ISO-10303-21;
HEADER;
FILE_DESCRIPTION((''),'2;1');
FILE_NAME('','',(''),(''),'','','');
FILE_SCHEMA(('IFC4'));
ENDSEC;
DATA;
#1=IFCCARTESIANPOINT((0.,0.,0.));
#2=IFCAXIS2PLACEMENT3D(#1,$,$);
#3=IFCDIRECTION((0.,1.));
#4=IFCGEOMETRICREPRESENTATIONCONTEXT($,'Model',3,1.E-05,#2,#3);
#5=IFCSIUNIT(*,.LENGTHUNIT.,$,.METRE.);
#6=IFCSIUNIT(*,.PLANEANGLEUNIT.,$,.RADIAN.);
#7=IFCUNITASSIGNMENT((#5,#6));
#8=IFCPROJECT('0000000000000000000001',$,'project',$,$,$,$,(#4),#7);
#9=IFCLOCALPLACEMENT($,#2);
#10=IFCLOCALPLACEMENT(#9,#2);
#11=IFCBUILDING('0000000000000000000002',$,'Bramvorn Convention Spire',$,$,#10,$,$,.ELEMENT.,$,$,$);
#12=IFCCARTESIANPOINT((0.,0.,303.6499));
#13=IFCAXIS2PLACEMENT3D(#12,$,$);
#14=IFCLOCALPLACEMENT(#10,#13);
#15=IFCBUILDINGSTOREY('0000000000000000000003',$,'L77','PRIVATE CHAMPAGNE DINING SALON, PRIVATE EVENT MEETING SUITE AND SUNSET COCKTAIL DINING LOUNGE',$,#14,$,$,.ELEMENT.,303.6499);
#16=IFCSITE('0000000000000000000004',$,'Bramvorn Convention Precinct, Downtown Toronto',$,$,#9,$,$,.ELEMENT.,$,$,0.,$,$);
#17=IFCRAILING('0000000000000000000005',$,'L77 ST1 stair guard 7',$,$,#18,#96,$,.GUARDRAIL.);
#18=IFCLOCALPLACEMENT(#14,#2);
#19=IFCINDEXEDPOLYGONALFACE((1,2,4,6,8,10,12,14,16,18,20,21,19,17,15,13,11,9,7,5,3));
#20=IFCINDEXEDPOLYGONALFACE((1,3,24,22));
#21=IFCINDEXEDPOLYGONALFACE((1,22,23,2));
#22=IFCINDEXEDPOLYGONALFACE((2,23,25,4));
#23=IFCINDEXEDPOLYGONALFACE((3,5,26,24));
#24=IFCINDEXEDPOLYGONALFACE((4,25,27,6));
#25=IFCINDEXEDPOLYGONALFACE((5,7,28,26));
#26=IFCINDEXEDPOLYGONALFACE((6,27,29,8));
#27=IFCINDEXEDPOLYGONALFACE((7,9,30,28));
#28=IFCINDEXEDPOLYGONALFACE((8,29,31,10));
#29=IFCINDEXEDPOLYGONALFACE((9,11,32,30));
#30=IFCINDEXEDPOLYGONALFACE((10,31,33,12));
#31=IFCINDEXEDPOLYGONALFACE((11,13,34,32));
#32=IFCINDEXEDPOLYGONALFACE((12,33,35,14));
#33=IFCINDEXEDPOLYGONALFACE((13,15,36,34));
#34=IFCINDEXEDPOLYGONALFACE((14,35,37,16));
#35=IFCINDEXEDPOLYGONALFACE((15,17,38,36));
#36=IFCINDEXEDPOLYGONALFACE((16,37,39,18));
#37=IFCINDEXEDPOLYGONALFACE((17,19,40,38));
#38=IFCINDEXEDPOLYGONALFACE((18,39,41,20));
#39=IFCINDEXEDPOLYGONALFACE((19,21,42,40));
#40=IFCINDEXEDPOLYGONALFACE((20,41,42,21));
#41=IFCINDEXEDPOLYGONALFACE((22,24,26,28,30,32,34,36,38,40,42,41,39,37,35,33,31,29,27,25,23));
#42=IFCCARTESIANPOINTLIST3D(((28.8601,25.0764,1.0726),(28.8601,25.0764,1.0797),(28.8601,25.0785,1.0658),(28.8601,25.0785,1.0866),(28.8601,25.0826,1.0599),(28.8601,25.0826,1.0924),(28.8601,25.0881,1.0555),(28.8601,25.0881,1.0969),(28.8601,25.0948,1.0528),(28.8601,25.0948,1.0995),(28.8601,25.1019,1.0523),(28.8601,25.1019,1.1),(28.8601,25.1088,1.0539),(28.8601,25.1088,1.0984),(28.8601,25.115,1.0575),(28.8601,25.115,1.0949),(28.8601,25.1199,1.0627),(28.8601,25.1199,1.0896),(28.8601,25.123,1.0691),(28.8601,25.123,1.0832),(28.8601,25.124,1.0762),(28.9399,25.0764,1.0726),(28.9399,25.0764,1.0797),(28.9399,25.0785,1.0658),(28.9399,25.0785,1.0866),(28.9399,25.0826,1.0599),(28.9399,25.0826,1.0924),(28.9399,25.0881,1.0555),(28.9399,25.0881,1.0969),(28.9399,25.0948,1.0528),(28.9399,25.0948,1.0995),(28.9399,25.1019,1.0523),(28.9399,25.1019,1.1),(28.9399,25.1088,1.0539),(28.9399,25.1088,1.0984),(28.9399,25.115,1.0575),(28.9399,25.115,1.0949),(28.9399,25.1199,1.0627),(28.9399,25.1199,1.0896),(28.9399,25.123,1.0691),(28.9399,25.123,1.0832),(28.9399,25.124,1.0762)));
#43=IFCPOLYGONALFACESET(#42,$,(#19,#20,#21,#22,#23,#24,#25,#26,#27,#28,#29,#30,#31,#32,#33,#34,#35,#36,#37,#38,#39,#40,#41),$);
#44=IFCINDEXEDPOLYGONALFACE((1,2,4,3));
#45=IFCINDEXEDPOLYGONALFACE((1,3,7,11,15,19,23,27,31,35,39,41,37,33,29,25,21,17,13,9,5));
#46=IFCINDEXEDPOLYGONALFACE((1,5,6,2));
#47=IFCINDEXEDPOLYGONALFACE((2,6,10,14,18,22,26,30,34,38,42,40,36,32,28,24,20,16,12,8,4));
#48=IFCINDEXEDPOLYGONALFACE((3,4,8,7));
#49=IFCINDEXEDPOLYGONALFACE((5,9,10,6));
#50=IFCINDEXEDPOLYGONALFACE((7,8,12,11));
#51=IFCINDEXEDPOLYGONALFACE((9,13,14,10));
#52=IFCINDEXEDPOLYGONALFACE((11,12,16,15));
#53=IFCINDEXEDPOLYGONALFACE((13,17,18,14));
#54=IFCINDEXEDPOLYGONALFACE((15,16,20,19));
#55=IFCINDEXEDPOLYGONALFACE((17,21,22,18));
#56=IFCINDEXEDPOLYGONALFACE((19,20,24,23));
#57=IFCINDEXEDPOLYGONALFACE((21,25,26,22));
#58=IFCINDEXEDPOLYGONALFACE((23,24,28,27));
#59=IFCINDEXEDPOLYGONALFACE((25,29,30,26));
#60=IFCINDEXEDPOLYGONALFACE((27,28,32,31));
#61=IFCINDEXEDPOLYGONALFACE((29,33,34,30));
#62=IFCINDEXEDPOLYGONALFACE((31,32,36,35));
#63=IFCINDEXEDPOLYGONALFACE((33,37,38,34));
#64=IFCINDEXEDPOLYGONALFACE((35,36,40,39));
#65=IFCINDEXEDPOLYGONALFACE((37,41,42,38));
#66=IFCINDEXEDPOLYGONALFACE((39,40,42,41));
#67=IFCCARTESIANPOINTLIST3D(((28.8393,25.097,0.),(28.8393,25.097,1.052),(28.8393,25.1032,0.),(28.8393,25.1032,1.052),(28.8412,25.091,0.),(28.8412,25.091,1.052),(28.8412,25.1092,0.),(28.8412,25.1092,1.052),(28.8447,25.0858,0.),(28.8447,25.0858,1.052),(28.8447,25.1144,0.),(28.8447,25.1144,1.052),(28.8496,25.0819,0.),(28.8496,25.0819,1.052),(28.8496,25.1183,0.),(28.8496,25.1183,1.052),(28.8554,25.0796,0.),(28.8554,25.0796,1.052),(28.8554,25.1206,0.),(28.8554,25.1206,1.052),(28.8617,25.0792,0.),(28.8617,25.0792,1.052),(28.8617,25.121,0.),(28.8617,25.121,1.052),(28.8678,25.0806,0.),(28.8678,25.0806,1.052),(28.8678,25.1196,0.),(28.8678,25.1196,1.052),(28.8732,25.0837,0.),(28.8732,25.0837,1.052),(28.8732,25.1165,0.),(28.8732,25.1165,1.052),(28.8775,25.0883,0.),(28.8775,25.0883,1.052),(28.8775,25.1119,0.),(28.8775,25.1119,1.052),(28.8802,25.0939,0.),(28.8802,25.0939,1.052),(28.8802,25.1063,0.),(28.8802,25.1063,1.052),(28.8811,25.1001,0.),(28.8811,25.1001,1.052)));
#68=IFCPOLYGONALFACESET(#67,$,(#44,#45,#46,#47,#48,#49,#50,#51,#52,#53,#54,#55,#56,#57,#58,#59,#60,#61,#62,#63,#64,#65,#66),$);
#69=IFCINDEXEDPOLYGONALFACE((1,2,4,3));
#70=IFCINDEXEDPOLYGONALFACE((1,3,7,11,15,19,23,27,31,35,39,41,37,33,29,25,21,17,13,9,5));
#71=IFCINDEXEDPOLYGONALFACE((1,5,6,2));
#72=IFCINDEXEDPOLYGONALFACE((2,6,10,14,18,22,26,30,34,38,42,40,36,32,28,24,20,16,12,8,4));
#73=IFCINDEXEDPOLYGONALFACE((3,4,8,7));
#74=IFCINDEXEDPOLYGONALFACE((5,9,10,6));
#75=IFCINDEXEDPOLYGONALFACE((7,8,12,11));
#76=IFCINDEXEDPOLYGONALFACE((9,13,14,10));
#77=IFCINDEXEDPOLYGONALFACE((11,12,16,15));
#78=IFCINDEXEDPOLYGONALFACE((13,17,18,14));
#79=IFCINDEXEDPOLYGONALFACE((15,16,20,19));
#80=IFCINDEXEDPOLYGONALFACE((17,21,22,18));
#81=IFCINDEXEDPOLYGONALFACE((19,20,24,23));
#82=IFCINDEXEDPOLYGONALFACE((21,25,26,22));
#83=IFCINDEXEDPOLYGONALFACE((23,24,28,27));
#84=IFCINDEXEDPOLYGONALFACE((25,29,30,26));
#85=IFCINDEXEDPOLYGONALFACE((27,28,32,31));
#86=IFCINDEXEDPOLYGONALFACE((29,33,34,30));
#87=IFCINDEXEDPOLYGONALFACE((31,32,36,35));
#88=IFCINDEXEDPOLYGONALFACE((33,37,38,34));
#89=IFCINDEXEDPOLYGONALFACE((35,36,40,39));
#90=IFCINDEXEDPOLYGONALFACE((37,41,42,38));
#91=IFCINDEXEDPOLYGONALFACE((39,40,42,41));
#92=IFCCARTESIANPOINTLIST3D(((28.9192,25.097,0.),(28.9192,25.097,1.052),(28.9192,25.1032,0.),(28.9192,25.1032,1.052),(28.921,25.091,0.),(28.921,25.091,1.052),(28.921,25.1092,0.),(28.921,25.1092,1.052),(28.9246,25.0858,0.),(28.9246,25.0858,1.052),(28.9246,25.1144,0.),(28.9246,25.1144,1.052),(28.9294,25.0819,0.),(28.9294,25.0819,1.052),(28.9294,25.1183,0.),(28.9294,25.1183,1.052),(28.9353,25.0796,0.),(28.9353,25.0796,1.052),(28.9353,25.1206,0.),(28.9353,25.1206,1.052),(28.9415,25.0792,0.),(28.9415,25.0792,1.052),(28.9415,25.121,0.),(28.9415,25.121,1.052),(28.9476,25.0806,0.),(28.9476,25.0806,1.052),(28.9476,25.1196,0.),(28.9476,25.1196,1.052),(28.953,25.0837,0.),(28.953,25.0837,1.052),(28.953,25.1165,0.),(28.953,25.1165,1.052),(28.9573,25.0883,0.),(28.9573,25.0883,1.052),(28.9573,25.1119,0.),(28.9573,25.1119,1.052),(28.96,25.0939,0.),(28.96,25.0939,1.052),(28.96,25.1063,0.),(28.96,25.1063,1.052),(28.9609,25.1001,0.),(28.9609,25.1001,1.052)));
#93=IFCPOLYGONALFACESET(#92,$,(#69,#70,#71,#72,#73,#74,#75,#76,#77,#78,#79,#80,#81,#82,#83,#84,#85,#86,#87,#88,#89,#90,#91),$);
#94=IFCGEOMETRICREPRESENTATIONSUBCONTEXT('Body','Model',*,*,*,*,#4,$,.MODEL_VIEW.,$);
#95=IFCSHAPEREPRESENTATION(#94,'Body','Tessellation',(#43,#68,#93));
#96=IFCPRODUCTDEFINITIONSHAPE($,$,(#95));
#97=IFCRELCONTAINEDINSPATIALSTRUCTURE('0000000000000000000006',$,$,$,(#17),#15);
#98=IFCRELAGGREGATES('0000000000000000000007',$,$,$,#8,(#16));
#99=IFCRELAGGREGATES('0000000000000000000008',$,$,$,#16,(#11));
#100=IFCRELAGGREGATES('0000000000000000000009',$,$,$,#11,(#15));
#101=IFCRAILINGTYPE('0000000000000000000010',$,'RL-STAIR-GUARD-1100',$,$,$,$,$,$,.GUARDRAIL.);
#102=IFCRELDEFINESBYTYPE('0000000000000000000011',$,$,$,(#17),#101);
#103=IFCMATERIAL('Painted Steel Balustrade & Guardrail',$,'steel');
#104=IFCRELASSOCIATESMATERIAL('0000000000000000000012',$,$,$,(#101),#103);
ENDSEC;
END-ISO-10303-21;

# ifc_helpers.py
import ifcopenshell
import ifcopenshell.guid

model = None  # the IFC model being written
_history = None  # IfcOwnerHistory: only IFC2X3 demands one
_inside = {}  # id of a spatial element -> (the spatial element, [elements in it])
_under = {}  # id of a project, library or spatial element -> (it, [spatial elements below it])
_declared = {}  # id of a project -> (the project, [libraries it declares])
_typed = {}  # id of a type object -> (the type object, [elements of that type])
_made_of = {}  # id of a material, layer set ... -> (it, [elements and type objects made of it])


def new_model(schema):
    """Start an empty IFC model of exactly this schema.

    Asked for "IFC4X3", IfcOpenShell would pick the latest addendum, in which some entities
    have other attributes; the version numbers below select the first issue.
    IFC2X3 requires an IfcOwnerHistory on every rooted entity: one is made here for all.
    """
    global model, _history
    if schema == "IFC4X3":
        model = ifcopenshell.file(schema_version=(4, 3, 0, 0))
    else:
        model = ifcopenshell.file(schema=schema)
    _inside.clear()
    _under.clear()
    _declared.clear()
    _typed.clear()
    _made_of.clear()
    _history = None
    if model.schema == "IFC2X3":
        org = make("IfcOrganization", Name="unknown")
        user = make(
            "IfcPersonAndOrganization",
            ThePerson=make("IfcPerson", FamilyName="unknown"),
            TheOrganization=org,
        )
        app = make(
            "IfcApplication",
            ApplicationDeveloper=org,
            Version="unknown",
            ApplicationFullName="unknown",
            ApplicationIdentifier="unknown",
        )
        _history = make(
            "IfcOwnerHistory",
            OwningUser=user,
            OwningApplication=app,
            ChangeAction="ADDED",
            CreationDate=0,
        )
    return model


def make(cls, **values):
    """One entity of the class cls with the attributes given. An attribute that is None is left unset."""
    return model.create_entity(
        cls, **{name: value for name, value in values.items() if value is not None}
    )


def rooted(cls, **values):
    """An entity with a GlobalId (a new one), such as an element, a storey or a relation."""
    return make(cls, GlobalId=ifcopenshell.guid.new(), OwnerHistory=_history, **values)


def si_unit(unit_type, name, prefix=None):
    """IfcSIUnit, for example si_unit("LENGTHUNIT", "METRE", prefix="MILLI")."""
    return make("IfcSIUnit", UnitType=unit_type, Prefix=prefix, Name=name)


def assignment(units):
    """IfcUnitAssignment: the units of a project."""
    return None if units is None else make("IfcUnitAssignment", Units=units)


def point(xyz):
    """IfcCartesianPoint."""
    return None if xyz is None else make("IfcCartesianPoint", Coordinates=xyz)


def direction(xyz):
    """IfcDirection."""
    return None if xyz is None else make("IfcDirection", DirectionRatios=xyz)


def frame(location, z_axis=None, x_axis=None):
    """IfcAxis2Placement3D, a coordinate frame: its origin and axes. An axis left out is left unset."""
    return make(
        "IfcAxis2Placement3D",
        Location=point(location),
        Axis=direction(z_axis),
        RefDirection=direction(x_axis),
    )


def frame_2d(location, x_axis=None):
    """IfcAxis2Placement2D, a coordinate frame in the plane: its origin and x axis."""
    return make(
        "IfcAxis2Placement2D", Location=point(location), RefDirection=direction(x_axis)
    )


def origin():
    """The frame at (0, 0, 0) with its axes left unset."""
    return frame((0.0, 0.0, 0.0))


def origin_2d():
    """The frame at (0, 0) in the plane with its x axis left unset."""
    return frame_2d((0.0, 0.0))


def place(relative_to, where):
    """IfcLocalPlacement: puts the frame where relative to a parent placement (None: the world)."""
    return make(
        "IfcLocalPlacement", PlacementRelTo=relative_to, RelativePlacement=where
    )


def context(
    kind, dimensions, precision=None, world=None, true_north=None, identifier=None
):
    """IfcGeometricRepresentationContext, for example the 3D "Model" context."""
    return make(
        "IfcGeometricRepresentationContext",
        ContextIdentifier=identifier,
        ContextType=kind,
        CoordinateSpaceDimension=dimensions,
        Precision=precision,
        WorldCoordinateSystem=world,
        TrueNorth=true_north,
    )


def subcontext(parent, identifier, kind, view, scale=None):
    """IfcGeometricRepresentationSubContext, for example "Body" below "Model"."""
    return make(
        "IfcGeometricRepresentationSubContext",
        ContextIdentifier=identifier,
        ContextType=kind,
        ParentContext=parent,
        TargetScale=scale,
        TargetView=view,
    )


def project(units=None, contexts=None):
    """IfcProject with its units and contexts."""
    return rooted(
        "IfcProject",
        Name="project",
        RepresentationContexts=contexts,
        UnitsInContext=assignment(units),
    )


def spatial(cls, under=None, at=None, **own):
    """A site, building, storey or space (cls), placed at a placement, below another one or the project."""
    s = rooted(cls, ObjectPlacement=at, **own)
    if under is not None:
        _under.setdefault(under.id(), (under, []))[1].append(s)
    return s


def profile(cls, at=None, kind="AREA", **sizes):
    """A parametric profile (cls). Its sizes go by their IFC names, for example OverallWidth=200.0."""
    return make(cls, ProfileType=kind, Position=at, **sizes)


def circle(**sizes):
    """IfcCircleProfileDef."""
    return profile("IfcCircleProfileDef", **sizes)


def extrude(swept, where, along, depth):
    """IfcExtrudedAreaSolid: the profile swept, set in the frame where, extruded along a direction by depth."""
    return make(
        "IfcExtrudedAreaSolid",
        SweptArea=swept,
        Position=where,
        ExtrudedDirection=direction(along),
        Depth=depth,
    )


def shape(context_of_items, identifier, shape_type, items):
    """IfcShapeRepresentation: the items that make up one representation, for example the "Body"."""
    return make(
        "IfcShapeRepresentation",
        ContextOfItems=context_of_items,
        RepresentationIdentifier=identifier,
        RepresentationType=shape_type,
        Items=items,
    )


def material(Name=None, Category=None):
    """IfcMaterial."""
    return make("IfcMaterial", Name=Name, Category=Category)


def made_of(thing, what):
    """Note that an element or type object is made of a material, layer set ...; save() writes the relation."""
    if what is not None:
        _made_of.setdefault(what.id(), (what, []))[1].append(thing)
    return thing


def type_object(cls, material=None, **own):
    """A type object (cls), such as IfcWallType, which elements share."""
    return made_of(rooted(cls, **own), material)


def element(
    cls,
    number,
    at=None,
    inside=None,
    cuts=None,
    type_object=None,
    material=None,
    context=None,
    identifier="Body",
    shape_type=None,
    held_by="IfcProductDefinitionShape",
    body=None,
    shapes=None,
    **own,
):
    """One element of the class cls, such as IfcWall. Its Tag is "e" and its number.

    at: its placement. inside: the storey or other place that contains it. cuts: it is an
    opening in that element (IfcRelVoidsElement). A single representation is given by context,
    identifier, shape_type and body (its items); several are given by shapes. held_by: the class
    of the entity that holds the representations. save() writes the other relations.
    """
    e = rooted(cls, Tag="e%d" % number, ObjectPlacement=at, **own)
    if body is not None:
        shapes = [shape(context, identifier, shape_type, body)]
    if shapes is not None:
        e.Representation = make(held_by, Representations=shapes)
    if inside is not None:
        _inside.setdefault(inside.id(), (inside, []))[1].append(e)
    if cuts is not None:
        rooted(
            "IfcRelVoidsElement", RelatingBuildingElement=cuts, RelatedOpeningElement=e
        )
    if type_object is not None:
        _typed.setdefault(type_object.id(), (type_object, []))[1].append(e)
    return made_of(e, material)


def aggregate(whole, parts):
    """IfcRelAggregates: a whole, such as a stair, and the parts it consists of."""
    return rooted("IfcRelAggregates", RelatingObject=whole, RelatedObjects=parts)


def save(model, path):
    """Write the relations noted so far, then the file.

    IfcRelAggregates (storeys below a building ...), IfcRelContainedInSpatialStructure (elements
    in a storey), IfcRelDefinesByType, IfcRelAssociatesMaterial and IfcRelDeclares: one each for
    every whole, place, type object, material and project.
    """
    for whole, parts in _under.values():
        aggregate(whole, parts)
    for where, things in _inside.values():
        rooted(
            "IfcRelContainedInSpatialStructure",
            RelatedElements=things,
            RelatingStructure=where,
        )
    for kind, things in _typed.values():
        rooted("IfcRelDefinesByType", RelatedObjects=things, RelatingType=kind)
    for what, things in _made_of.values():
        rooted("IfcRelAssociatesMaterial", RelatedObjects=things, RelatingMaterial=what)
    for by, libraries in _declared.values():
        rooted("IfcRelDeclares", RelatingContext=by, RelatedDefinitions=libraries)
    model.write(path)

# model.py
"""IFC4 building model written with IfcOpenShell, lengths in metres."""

from ifc_helpers import new_model, si_unit, direction, frame, origin, origin_2d, place, context, subcontext, project, spatial, circle, extrude, material, type_object, element, save


model = new_model("IFC4")

# Units and contexts
model_context = context("Model", 3, precision=1e-05, world=origin(), true_north=direction((0.0, 1.0)))
body_context = subcontext(model_context, "Body", "Model", "MODEL_VIEW")
ifc_project = project(units=[si_unit("LENGTHUNIT", "METRE"), si_unit("PLANEANGLEUNIT", "RADIAN")], contexts=[model_context])

# Site, building, storey
site_placement = place(None, origin())
site = spatial("IfcSite", under=ifc_project, at=site_placement, Name="Bramvorn Convention Precinct, Downtown Toronto", CompositionType="ELEMENT", RefElevation=0.0)
building_placement = place(site_placement, origin())
building = spatial("IfcBuilding", under=site, at=building_placement, Name="Bramvorn Convention Spire", CompositionType="ELEMENT")
storey_placement = place(building_placement, frame((0.0, 0.0, 303.6499)))
storey = spatial("IfcBuildingStorey", under=building, at=storey_placement, Name="L77", Description="PRIVATE CHAMPAGNE DINING SALON, PRIVATE EVENT MEETING SUITE AND SUNSET COCKTAIL DINING LOUNGE", CompositionType="ELEMENT", Elevation=303.6499)

# Railing
ifc_material_1 = material(Name="Painted Steel Balustrade & Guardrail", Category="steel")
railing_type_1 = type_object("IfcRailingType", Name="RL-STAIR-GUARD-1100", PredefinedType="GUARDRAIL", material=ifc_material_1)
railing_1_placement = place(storey_placement, frame((28.8601, 25.1001, 0.0)))
element("IfcRailing", 1, at=railing_1_placement, inside=storey, type_object=railing_type_1, Name="L77 ST1 stair guard 7", PredefinedType="GUARDRAIL", context=body_context, shape_type="SweptSolid", body=[
    extrude(circle(Radius=0.0239, at=origin_2d()), frame((0.0, 0.0, 1.0762), z_axis=(1.0, 0.0, 0.0), x_axis=(0.0, 1.0, 0.0)), (0.0, 0.0, 1.0), 0.0798),
    extrude(circle(Radius=0.021, at=origin_2d()), origin(), (0.0, 0.0, 1.0), 1.052),
    extrude(circle(Radius=0.021, at=origin_2d()), frame((0.0798, 0.0, 0.0)), (0.0, 0.0, 1.0), 1.052),
])

save(model, "model.ifc")
